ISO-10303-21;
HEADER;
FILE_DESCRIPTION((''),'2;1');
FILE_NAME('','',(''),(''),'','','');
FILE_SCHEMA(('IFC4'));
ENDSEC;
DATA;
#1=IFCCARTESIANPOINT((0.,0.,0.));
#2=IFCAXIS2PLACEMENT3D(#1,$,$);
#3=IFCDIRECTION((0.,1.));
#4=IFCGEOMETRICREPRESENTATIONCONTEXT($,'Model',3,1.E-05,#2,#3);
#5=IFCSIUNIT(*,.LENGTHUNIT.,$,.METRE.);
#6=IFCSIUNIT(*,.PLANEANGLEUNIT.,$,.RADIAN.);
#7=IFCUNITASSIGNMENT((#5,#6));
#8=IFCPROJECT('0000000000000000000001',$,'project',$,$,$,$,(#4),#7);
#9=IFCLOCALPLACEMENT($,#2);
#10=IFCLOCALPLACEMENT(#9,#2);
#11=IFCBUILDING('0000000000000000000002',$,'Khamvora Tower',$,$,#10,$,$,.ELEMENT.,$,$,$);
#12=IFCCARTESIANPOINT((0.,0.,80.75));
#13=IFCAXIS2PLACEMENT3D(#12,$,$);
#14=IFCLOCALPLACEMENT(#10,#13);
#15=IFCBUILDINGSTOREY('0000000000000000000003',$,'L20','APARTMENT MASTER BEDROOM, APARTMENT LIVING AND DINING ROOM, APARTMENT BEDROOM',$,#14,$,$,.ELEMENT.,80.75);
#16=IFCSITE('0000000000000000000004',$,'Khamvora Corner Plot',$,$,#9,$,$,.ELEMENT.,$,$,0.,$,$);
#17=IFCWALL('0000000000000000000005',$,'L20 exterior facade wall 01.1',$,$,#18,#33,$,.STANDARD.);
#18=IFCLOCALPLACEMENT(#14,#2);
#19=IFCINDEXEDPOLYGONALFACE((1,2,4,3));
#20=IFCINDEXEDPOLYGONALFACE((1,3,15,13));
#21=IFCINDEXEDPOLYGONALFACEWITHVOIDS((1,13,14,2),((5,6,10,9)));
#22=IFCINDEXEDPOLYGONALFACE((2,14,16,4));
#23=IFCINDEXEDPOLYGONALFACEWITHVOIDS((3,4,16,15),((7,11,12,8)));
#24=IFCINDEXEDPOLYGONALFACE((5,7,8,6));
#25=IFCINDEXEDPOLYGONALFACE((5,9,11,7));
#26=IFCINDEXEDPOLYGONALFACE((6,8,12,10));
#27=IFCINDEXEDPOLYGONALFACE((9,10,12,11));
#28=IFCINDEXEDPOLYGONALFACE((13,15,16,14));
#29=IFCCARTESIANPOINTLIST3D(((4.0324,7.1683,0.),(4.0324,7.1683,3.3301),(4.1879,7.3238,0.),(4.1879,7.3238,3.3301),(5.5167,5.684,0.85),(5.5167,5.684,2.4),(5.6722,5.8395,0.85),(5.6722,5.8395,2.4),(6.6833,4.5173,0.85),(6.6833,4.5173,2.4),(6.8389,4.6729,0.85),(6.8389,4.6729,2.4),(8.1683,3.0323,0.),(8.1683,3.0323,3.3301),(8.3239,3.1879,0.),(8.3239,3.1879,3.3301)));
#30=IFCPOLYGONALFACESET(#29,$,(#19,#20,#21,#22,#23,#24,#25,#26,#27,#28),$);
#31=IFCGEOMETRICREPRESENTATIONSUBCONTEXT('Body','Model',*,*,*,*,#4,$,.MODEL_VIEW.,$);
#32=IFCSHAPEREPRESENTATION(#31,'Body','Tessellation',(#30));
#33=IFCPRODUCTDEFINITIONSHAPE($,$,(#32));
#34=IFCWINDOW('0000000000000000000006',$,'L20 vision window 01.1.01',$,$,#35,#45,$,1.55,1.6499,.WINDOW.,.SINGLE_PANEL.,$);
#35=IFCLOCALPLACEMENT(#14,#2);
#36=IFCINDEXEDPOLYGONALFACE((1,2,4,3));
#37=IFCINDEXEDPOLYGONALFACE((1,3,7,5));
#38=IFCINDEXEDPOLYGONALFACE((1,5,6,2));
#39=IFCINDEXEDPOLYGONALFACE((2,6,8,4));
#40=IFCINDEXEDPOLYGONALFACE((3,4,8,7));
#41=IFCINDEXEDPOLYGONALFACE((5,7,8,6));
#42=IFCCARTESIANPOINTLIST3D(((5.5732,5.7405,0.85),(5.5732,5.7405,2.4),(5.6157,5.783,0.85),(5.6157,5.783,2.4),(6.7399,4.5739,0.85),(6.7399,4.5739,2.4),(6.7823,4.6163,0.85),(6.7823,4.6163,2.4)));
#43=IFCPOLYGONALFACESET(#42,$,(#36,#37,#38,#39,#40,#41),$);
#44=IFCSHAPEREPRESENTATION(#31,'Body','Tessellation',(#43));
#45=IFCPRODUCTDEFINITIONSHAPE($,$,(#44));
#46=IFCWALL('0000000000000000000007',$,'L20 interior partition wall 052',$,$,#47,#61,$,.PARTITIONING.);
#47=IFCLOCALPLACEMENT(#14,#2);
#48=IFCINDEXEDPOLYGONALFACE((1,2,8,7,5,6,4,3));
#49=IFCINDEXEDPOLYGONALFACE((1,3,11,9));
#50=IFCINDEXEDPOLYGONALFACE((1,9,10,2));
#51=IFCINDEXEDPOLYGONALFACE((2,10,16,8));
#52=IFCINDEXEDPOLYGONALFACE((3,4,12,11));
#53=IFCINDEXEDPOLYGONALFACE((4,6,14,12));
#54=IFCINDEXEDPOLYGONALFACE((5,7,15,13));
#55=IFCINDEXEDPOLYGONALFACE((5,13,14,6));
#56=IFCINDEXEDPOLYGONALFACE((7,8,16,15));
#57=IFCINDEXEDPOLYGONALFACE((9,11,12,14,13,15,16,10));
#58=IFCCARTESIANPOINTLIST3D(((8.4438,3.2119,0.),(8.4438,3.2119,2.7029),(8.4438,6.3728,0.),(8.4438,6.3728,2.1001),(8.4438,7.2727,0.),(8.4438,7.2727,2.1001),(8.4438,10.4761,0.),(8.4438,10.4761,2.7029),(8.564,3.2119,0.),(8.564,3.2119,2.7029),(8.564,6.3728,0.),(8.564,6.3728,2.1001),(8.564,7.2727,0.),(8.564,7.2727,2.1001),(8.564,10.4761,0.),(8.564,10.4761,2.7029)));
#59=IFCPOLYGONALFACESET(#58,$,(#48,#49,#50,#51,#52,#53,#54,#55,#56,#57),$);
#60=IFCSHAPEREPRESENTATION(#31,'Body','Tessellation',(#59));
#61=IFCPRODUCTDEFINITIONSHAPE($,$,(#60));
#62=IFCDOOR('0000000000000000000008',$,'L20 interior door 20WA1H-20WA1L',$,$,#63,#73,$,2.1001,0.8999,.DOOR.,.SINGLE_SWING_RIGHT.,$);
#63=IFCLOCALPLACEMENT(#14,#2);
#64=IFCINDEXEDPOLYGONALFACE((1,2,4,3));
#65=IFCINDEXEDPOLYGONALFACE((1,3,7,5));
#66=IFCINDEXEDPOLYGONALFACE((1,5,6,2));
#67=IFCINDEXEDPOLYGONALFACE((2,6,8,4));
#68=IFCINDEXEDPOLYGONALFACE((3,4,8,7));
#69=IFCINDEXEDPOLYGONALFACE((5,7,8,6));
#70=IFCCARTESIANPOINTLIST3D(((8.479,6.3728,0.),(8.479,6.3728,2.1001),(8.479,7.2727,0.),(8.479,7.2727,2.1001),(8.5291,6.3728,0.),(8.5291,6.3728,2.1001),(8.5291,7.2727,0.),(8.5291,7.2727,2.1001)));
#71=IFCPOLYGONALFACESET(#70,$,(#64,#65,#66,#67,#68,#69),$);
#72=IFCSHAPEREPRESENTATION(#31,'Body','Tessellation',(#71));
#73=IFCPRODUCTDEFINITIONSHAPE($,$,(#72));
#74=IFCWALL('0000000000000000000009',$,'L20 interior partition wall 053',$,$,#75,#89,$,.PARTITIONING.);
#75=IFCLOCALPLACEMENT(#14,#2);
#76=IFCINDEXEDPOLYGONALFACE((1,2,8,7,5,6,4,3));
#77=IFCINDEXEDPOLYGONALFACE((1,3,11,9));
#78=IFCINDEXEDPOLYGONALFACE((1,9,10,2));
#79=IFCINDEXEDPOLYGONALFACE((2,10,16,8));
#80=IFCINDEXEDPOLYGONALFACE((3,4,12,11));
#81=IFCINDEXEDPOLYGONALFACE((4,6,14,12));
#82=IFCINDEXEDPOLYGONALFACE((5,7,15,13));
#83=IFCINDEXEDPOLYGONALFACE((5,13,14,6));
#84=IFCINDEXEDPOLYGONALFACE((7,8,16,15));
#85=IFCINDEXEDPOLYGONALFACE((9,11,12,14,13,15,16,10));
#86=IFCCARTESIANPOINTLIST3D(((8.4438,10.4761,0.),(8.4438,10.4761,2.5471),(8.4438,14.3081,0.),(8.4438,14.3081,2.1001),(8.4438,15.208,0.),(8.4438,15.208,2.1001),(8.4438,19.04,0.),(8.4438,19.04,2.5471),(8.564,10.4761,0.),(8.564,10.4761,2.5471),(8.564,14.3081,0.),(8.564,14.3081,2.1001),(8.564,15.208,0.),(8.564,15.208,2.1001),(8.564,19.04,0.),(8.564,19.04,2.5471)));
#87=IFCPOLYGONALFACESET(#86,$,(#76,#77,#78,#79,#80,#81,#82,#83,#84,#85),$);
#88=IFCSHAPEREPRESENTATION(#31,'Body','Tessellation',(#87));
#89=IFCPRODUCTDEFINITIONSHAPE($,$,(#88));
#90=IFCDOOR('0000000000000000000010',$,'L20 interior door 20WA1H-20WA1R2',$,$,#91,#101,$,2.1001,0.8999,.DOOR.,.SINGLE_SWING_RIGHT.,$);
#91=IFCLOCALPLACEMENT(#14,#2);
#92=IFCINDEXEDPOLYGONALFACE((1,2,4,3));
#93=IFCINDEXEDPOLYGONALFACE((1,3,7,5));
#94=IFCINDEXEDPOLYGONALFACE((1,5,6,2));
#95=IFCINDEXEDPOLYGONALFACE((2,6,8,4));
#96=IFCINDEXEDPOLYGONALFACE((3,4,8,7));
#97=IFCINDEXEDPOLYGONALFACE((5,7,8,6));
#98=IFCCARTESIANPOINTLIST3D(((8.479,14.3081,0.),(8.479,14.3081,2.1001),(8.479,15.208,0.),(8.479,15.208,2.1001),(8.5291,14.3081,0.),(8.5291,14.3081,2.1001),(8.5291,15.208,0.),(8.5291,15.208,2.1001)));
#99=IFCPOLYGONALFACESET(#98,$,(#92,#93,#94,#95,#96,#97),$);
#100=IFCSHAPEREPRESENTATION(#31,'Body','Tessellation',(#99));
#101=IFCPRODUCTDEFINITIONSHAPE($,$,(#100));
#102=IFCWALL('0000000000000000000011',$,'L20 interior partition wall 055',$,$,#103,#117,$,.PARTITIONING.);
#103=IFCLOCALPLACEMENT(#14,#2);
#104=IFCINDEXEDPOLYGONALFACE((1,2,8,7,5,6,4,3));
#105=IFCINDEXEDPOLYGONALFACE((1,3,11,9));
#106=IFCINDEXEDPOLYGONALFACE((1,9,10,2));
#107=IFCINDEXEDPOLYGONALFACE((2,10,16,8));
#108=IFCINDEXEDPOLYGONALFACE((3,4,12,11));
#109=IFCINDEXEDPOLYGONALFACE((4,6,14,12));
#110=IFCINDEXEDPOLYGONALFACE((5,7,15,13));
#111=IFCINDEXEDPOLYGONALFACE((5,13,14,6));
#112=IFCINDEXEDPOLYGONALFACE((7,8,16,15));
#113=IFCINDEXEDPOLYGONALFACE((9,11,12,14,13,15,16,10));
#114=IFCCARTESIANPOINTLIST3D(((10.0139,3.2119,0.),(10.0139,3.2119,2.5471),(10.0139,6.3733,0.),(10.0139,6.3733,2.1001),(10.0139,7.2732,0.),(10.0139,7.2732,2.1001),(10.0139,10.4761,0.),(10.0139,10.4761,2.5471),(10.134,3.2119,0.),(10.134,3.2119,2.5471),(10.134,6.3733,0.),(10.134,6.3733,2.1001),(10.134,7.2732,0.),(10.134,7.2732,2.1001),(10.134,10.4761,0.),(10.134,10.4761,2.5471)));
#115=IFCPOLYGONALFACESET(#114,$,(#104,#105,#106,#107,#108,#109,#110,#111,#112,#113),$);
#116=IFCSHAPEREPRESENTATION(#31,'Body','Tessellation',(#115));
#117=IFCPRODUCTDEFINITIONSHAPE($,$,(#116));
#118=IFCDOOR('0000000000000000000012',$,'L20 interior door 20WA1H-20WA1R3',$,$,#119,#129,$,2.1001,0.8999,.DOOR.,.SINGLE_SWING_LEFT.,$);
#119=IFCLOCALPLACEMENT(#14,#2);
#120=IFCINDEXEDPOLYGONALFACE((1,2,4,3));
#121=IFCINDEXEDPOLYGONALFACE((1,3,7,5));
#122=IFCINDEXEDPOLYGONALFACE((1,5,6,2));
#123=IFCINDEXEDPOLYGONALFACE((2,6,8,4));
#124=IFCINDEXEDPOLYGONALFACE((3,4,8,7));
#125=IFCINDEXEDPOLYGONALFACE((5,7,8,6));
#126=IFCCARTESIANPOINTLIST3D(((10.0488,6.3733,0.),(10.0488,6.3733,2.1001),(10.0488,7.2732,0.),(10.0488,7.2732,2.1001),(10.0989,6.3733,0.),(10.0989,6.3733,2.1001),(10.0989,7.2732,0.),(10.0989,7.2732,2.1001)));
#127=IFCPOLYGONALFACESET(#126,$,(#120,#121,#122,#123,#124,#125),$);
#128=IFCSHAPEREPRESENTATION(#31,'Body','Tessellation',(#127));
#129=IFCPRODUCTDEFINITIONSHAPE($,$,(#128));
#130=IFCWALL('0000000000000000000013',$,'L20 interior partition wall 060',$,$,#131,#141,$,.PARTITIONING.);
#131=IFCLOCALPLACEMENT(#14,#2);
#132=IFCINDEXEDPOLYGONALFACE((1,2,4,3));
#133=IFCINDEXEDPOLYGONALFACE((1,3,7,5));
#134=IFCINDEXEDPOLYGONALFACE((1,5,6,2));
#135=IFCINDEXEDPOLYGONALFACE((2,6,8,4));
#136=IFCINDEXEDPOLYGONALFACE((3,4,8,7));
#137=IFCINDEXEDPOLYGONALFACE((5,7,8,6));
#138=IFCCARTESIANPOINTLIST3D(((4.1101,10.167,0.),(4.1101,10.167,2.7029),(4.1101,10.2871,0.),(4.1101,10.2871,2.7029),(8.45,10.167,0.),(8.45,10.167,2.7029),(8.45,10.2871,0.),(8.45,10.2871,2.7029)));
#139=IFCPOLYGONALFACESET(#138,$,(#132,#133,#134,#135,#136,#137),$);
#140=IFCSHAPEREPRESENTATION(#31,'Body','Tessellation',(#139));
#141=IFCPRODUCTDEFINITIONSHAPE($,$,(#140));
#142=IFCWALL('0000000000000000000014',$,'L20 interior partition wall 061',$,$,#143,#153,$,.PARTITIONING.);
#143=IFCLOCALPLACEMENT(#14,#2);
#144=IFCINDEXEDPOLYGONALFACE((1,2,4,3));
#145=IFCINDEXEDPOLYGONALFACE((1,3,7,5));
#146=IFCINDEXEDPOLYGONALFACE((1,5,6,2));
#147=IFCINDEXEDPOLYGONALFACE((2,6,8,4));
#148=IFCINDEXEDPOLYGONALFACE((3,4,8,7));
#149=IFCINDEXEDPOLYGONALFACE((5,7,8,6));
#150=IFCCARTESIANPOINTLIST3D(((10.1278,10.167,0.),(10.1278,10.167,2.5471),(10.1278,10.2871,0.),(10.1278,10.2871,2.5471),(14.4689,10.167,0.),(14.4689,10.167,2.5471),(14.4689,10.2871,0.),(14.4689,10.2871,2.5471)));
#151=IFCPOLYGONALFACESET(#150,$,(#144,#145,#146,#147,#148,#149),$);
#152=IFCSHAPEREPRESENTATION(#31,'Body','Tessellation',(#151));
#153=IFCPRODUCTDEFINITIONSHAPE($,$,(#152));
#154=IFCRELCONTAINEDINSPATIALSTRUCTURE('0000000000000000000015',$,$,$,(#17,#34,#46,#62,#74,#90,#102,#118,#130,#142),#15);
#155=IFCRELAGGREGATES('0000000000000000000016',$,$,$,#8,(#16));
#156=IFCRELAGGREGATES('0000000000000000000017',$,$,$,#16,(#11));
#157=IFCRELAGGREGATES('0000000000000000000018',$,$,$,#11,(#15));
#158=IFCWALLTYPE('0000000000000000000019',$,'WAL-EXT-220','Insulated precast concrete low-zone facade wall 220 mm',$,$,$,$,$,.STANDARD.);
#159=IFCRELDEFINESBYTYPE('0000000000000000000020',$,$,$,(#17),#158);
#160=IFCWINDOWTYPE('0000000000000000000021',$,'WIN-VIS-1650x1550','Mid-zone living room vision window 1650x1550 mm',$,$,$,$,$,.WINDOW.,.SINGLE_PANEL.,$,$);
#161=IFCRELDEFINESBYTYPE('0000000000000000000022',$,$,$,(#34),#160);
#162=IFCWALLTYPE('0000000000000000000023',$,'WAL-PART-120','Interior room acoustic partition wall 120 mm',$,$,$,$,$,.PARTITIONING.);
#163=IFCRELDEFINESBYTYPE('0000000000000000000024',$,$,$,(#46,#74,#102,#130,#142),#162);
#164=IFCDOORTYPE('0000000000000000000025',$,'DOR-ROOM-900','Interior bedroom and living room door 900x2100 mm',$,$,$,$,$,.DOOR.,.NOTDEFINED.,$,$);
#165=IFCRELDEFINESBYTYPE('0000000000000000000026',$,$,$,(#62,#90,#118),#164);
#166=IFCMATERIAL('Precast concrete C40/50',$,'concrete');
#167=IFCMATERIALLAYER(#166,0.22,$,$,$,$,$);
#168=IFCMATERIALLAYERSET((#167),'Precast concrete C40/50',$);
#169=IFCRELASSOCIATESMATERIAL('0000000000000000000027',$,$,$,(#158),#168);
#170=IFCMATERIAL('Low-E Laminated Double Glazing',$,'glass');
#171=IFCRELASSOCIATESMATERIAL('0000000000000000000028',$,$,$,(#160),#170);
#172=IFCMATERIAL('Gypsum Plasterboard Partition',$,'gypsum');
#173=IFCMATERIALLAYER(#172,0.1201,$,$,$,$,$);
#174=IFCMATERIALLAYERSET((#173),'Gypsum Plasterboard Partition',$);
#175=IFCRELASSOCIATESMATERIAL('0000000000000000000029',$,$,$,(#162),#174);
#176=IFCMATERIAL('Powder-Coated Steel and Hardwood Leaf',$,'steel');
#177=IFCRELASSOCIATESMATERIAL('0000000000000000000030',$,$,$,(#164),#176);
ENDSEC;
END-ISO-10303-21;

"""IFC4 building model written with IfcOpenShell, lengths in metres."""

from ifc_helpers import new_model, si_unit, direction, frame, frame_2d, origin, place, context, subcontext, project, spatial, rectangle, extrude, material, layer, layer_set, type_object, element, fill, save


model = new_model("IFC4")

# Units and contexts
model_context = context("Model", 3, precision=1e-05, world=origin(), true_north=direction((0.0, 1.0)))
body_context = subcontext(model_context, "Body", "Model", "MODEL_VIEW")
ifc_project = project(units=[si_unit("LENGTHUNIT", "METRE"), si_unit("PLANEANGLEUNIT", "RADIAN")], contexts=[model_context])

# Site, building, storey
site_placement = place(None, origin())
site = spatial("IfcSite", under=ifc_project, at=site_placement, Name="Khamvora Corner Plot", CompositionType="ELEMENT", RefElevation=0.0)
building_placement = place(site_placement, origin())
building = spatial("IfcBuilding", under=site, at=building_placement, Name="Khamvora Tower", CompositionType="ELEMENT")
storey_placement = place(building_placement, frame((0.0, 0.0, 80.75)))
storey = spatial("IfcBuildingStorey", under=building, at=storey_placement, Name="L20", Description="APARTMENT MASTER BEDROOM, APARTMENT LIVING AND DINING ROOM, APARTMENT BEDROOM", CompositionType="ELEMENT", Elevation=80.75)

# Shared definitions
ifc_material_1 = material(Name="Low-E Laminated Double Glazing", Category="glass")

# Wall, opening, window
ifc_material_2 = material(Name="Precast concrete C40/50", Category="concrete")
ifc_layer_1 = layer(ifc_material_2, 0.22)
ifc_layer_set_1 = layer_set([ifc_layer_1], Name="Precast concrete C40/50")
wall_type_1 = type_object("IfcWallType", Name="WAL-EXT-220", Description="Insulated precast concrete low-zone facade wall 220 mm", PredefinedType="STANDARD", material=ifc_layer_set_1)
wall_1_placement = place(storey_placement, frame((8.2461, 3.1101, 0.0), z_axis=(0.0, 0.0, 1.0), x_axis=(-0.707107, 0.707107, 0.0)))
wall_1 = element("IfcWall", 1, at=wall_1_placement, inside=storey, type_object=wall_type_1, Name="L20 exterior facade wall 01.1", PredefinedType="STANDARD", context=body_context, shape_type="SweptSolid", body=[
    extrude(rectangle(XDim=5.8491, YDim=0.22, at=frame_2d((2.9246, 0.0))), origin(), (0.0, 0.0, 1.0), 3.3301),
])
opening_1_placement = place(wall_1_placement, frame((2.1001, 0.0, 0.8501)))
opening_1 = element("IfcOpeningElement", 2, at=opening_1_placement, cuts=wall_1, PredefinedType="OPENING", context=body_context, shape_type="SweptSolid", body=[
    extrude(rectangle(XDim=1.6499, YDim=1.55, at=frame_2d((0.825, 0.7749))), frame((0.0, 0.1199, 0.0), z_axis=(0.0, -1.0, 0.0), x_axis=(1.0, 0.0, 0.0)), (0.0, 0.0, 1.0), 0.24),
])
window_type = type_object("IfcWindowType", Name="WIN-VIS-1650x1550", Description="Mid-zone living room vision window 1650x1550 mm", PartitioningType="SINGLE_PANEL", PredefinedType="WINDOW", material=ifc_material_1)
window_placement = place(opening_1_placement, origin())
window = element("IfcWindow", 3, at=window_placement, inside=storey, type_object=window_type, Name="L20 vision window 01.1.01", OverallHeight=1.55, OverallWidth=1.6499, PartitioningType="SINGLE_PANEL", PredefinedType="WINDOW", context=body_context, shape_type="SweptSolid", body=[
    extrude(rectangle(XDim=1.6499, YDim=1.55, at=frame_2d((0.825, 0.7749))), frame((0.0, 0.03, 0.0), z_axis=(0.0, -1.0, 0.0), x_axis=(1.0, 0.0, 0.0)), (0.0, 0.0, 1.0), 0.0601),
])
fill(opening_1, window)

# Walls, openings, doors
ifc_material_3 = material(Name="Gypsum Plasterboard Partition", Category="gypsum")
ifc_layer_2 = layer(ifc_material_3, 0.1201)
ifc_layer_set_2 = layer_set([ifc_layer_2], Name="Gypsum Plasterboard Partition")
wall_type_2 = type_object("IfcWallType", Name="WAL-PART-120", Description="Interior room acoustic partition wall 120 mm", PredefinedType="PARTITIONING", material=ifc_layer_set_2)
wall_2_placement = place(storey_placement, frame((8.5039, 3.2119, 0.0), z_axis=(0.0, 0.0, 1.0), x_axis=(0.0, 1.0, 0.0)))
wall_2 = element("IfcWall", 4, at=wall_2_placement, inside=storey, type_object=wall_type_2, Name="L20 interior partition wall 052", PredefinedType="PARTITIONING", context=body_context, shape_type="SweptSolid", body=[
    extrude(rectangle(XDim=7.2642, YDim=0.1201, at=frame_2d((3.6321, 0.0))), origin(), (0.0, 0.0, 1.0), 2.7029),
])
opening_2_placement = place(wall_2_placement, frame((3.1609, 0.0, 0.0)))
opening_2 = element("IfcOpeningElement", 5, at=opening_2_placement, cuts=wall_2, PredefinedType="OPENING", context=body_context, shape_type="SweptSolid", body=[
    extrude(rectangle(XDim=0.8999, YDim=2.1001, at=frame_2d((0.45, 1.05))), frame((0.0, 0.0701, 0.0), z_axis=(0.0, -1.0, 0.0), x_axis=(1.0, 0.0, 0.0)), (0.0, 0.0, 1.0), 0.1401),
])
ifc_material_4 = material(Name="Powder-Coated Steel and Hardwood Leaf", Category="steel")
door_type = type_object("IfcDoorType", Name="DOR-ROOM-900", Description="Interior bedroom and living room door 900x2100 mm", OperationType="NOTDEFINED", PredefinedType="DOOR", material=ifc_material_4)
door_1_placement = place(opening_2_placement, origin())
door_1 = element("IfcDoor", 6, at=door_1_placement, inside=storey, type_object=door_type, Name="L20 interior door 20WA1H-20WA1L", OperationType="SINGLE_SWING_RIGHT", OverallHeight=2.1001, OverallWidth=0.8999, PredefinedType="DOOR", context=body_context, shape_type="SweptSolid", body=[
    extrude(rectangle(XDim=0.8999, YDim=2.1001, at=frame_2d((0.45, 1.05))), frame((0.0, 0.0249, 0.0), z_axis=(0.0, -1.0, 0.0), x_axis=(1.0, 0.0, 0.0)), (0.0, 0.0, 1.0), 0.05),
])
fill(opening_2, door_1)
wall_3_placement = place(storey_placement, frame((8.5039, 10.4761, 0.0), z_axis=(0.0, 0.0, 1.0), x_axis=(0.0, 1.0, 0.0)))
wall_3 = element("IfcWall", 7, at=wall_3_placement, inside=storey, type_object=wall_type_2, Name="L20 interior partition wall 053", PredefinedType="PARTITIONING", context=body_context, shape_type="SweptSolid", body=[
    extrude(rectangle(XDim=8.564, YDim=0.1201, at=frame_2d((4.282, 0.0))), origin(), (0.0, 0.0, 1.0), 2.5471),
])
opening_3_placement = place(wall_3_placement, frame((3.832, 0.0, 0.0)))
opening_3 = element("IfcOpeningElement", 8, at=opening_3_placement, cuts=wall_3, PredefinedType="OPENING", context=body_context, shape_type="SweptSolid", body=[
    extrude(rectangle(XDim=0.8999, YDim=2.1001, at=frame_2d((0.45, 1.05))), frame((0.0, 0.0701, 0.0), z_axis=(0.0, -1.0, 0.0), x_axis=(1.0, 0.0, 0.0)), (0.0, 0.0, 1.0), 0.1401),
])
door_2_placement = place(opening_3_placement, origin())
door_2 = element("IfcDoor", 9, at=door_2_placement, inside=storey, type_object=door_type, Name="L20 interior door 20WA1H-20WA1R2", OperationType="SINGLE_SWING_RIGHT", OverallHeight=2.1001, OverallWidth=0.8999, PredefinedType="DOOR", context=body_context, shape_type="SweptSolid", body=[
    extrude(rectangle(XDim=0.8999, YDim=2.1001, at=frame_2d((0.45, 1.05))), frame((0.0, 0.0249, 0.0), z_axis=(0.0, -1.0, 0.0), x_axis=(1.0, 0.0, 0.0)), (0.0, 0.0, 1.0), 0.05),
])
fill(opening_3, door_2)
wall_4_placement = place(storey_placement, frame((10.074, 10.4761, 0.0), z_axis=(0.0, 0.0, 1.0), x_axis=(0.0, -1.0, 0.0)))
wall_4 = element("IfcWall", 10, at=wall_4_placement, inside=storey, type_object=wall_type_2, Name="L20 interior partition wall 055", PredefinedType="PARTITIONING", context=body_context, shape_type="SweptSolid", body=[
    extrude(rectangle(XDim=7.2642, YDim=0.1201, at=frame_2d((3.6321, 0.0))), origin(), (0.0, 0.0, 1.0), 2.5471),
])
opening_4_placement = place(wall_4_placement, frame((3.2029, 0.0, 0.0)))
opening_4 = element("IfcOpeningElement", 11, at=opening_4_placement, cuts=wall_4, PredefinedType="OPENING", context=body_context, shape_type="SweptSolid", body=[
    extrude(rectangle(XDim=0.8999, YDim=2.1001, at=frame_2d((0.45, 1.05))), frame((0.0, 0.0701, 0.0), z_axis=(0.0, -1.0, 0.0), x_axis=(1.0, 0.0, 0.0)), (0.0, 0.0, 1.0), 0.1401),
])
door_3_placement = place(opening_4_placement, origin())
door_3 = element("IfcDoor", 12, at=door_3_placement, inside=storey, type_object=door_type, Name="L20 interior door 20WA1H-20WA1R3", OperationType="SINGLE_SWING_LEFT", OverallHeight=2.1001, OverallWidth=0.8999, PredefinedType="DOOR", context=body_context, shape_type="SweptSolid", body=[
    extrude(rectangle(XDim=0.8999, YDim=2.1001, at=frame_2d((0.45, 1.05))), frame((0.0, 0.0249, 0.0), z_axis=(0.0, -1.0, 0.0), x_axis=(1.0, 0.0, 0.0)), (0.0, 0.0, 1.0), 0.05),
])
fill(opening_4, door_3)

# Walls
wall_5_placement = place(storey_placement, frame((4.1101, 10.2271, 0.0), z_axis=(0.0, 0.0, 1.0), x_axis=(1.0, 0.0, 0.0)))
element("IfcWall", 13, at=wall_5_placement, inside=storey, type_object=wall_type_2, Name="L20 interior partition wall 060", PredefinedType="PARTITIONING", context=body_context, shape_type="SweptSolid", body=[
    extrude(rectangle(XDim=4.3398, YDim=0.1201, at=frame_2d((2.1699, 0.0))), origin(), (0.0, 0.0, 1.0), 2.7029),
])
wall_6_placement = place(storey_placement, frame((10.1279, 10.2271, 0.0), z_axis=(0.0, 0.0, 1.0), x_axis=(1.0, 0.0, 0.0)))
element("IfcWall", 14, at=wall_6_placement, inside=storey, type_object=wall_type_2, Name="L20 interior partition wall 061", PredefinedType="PARTITIONING", context=body_context, shape_type="SweptSolid", body=[
    extrude(rectangle(XDim=4.3411, YDim=0.1201, at=frame_2d((2.1704, 0.0))), origin(), (0.0, 0.0, 1.0), 2.5471),
])

save(model, "model.ifc")
